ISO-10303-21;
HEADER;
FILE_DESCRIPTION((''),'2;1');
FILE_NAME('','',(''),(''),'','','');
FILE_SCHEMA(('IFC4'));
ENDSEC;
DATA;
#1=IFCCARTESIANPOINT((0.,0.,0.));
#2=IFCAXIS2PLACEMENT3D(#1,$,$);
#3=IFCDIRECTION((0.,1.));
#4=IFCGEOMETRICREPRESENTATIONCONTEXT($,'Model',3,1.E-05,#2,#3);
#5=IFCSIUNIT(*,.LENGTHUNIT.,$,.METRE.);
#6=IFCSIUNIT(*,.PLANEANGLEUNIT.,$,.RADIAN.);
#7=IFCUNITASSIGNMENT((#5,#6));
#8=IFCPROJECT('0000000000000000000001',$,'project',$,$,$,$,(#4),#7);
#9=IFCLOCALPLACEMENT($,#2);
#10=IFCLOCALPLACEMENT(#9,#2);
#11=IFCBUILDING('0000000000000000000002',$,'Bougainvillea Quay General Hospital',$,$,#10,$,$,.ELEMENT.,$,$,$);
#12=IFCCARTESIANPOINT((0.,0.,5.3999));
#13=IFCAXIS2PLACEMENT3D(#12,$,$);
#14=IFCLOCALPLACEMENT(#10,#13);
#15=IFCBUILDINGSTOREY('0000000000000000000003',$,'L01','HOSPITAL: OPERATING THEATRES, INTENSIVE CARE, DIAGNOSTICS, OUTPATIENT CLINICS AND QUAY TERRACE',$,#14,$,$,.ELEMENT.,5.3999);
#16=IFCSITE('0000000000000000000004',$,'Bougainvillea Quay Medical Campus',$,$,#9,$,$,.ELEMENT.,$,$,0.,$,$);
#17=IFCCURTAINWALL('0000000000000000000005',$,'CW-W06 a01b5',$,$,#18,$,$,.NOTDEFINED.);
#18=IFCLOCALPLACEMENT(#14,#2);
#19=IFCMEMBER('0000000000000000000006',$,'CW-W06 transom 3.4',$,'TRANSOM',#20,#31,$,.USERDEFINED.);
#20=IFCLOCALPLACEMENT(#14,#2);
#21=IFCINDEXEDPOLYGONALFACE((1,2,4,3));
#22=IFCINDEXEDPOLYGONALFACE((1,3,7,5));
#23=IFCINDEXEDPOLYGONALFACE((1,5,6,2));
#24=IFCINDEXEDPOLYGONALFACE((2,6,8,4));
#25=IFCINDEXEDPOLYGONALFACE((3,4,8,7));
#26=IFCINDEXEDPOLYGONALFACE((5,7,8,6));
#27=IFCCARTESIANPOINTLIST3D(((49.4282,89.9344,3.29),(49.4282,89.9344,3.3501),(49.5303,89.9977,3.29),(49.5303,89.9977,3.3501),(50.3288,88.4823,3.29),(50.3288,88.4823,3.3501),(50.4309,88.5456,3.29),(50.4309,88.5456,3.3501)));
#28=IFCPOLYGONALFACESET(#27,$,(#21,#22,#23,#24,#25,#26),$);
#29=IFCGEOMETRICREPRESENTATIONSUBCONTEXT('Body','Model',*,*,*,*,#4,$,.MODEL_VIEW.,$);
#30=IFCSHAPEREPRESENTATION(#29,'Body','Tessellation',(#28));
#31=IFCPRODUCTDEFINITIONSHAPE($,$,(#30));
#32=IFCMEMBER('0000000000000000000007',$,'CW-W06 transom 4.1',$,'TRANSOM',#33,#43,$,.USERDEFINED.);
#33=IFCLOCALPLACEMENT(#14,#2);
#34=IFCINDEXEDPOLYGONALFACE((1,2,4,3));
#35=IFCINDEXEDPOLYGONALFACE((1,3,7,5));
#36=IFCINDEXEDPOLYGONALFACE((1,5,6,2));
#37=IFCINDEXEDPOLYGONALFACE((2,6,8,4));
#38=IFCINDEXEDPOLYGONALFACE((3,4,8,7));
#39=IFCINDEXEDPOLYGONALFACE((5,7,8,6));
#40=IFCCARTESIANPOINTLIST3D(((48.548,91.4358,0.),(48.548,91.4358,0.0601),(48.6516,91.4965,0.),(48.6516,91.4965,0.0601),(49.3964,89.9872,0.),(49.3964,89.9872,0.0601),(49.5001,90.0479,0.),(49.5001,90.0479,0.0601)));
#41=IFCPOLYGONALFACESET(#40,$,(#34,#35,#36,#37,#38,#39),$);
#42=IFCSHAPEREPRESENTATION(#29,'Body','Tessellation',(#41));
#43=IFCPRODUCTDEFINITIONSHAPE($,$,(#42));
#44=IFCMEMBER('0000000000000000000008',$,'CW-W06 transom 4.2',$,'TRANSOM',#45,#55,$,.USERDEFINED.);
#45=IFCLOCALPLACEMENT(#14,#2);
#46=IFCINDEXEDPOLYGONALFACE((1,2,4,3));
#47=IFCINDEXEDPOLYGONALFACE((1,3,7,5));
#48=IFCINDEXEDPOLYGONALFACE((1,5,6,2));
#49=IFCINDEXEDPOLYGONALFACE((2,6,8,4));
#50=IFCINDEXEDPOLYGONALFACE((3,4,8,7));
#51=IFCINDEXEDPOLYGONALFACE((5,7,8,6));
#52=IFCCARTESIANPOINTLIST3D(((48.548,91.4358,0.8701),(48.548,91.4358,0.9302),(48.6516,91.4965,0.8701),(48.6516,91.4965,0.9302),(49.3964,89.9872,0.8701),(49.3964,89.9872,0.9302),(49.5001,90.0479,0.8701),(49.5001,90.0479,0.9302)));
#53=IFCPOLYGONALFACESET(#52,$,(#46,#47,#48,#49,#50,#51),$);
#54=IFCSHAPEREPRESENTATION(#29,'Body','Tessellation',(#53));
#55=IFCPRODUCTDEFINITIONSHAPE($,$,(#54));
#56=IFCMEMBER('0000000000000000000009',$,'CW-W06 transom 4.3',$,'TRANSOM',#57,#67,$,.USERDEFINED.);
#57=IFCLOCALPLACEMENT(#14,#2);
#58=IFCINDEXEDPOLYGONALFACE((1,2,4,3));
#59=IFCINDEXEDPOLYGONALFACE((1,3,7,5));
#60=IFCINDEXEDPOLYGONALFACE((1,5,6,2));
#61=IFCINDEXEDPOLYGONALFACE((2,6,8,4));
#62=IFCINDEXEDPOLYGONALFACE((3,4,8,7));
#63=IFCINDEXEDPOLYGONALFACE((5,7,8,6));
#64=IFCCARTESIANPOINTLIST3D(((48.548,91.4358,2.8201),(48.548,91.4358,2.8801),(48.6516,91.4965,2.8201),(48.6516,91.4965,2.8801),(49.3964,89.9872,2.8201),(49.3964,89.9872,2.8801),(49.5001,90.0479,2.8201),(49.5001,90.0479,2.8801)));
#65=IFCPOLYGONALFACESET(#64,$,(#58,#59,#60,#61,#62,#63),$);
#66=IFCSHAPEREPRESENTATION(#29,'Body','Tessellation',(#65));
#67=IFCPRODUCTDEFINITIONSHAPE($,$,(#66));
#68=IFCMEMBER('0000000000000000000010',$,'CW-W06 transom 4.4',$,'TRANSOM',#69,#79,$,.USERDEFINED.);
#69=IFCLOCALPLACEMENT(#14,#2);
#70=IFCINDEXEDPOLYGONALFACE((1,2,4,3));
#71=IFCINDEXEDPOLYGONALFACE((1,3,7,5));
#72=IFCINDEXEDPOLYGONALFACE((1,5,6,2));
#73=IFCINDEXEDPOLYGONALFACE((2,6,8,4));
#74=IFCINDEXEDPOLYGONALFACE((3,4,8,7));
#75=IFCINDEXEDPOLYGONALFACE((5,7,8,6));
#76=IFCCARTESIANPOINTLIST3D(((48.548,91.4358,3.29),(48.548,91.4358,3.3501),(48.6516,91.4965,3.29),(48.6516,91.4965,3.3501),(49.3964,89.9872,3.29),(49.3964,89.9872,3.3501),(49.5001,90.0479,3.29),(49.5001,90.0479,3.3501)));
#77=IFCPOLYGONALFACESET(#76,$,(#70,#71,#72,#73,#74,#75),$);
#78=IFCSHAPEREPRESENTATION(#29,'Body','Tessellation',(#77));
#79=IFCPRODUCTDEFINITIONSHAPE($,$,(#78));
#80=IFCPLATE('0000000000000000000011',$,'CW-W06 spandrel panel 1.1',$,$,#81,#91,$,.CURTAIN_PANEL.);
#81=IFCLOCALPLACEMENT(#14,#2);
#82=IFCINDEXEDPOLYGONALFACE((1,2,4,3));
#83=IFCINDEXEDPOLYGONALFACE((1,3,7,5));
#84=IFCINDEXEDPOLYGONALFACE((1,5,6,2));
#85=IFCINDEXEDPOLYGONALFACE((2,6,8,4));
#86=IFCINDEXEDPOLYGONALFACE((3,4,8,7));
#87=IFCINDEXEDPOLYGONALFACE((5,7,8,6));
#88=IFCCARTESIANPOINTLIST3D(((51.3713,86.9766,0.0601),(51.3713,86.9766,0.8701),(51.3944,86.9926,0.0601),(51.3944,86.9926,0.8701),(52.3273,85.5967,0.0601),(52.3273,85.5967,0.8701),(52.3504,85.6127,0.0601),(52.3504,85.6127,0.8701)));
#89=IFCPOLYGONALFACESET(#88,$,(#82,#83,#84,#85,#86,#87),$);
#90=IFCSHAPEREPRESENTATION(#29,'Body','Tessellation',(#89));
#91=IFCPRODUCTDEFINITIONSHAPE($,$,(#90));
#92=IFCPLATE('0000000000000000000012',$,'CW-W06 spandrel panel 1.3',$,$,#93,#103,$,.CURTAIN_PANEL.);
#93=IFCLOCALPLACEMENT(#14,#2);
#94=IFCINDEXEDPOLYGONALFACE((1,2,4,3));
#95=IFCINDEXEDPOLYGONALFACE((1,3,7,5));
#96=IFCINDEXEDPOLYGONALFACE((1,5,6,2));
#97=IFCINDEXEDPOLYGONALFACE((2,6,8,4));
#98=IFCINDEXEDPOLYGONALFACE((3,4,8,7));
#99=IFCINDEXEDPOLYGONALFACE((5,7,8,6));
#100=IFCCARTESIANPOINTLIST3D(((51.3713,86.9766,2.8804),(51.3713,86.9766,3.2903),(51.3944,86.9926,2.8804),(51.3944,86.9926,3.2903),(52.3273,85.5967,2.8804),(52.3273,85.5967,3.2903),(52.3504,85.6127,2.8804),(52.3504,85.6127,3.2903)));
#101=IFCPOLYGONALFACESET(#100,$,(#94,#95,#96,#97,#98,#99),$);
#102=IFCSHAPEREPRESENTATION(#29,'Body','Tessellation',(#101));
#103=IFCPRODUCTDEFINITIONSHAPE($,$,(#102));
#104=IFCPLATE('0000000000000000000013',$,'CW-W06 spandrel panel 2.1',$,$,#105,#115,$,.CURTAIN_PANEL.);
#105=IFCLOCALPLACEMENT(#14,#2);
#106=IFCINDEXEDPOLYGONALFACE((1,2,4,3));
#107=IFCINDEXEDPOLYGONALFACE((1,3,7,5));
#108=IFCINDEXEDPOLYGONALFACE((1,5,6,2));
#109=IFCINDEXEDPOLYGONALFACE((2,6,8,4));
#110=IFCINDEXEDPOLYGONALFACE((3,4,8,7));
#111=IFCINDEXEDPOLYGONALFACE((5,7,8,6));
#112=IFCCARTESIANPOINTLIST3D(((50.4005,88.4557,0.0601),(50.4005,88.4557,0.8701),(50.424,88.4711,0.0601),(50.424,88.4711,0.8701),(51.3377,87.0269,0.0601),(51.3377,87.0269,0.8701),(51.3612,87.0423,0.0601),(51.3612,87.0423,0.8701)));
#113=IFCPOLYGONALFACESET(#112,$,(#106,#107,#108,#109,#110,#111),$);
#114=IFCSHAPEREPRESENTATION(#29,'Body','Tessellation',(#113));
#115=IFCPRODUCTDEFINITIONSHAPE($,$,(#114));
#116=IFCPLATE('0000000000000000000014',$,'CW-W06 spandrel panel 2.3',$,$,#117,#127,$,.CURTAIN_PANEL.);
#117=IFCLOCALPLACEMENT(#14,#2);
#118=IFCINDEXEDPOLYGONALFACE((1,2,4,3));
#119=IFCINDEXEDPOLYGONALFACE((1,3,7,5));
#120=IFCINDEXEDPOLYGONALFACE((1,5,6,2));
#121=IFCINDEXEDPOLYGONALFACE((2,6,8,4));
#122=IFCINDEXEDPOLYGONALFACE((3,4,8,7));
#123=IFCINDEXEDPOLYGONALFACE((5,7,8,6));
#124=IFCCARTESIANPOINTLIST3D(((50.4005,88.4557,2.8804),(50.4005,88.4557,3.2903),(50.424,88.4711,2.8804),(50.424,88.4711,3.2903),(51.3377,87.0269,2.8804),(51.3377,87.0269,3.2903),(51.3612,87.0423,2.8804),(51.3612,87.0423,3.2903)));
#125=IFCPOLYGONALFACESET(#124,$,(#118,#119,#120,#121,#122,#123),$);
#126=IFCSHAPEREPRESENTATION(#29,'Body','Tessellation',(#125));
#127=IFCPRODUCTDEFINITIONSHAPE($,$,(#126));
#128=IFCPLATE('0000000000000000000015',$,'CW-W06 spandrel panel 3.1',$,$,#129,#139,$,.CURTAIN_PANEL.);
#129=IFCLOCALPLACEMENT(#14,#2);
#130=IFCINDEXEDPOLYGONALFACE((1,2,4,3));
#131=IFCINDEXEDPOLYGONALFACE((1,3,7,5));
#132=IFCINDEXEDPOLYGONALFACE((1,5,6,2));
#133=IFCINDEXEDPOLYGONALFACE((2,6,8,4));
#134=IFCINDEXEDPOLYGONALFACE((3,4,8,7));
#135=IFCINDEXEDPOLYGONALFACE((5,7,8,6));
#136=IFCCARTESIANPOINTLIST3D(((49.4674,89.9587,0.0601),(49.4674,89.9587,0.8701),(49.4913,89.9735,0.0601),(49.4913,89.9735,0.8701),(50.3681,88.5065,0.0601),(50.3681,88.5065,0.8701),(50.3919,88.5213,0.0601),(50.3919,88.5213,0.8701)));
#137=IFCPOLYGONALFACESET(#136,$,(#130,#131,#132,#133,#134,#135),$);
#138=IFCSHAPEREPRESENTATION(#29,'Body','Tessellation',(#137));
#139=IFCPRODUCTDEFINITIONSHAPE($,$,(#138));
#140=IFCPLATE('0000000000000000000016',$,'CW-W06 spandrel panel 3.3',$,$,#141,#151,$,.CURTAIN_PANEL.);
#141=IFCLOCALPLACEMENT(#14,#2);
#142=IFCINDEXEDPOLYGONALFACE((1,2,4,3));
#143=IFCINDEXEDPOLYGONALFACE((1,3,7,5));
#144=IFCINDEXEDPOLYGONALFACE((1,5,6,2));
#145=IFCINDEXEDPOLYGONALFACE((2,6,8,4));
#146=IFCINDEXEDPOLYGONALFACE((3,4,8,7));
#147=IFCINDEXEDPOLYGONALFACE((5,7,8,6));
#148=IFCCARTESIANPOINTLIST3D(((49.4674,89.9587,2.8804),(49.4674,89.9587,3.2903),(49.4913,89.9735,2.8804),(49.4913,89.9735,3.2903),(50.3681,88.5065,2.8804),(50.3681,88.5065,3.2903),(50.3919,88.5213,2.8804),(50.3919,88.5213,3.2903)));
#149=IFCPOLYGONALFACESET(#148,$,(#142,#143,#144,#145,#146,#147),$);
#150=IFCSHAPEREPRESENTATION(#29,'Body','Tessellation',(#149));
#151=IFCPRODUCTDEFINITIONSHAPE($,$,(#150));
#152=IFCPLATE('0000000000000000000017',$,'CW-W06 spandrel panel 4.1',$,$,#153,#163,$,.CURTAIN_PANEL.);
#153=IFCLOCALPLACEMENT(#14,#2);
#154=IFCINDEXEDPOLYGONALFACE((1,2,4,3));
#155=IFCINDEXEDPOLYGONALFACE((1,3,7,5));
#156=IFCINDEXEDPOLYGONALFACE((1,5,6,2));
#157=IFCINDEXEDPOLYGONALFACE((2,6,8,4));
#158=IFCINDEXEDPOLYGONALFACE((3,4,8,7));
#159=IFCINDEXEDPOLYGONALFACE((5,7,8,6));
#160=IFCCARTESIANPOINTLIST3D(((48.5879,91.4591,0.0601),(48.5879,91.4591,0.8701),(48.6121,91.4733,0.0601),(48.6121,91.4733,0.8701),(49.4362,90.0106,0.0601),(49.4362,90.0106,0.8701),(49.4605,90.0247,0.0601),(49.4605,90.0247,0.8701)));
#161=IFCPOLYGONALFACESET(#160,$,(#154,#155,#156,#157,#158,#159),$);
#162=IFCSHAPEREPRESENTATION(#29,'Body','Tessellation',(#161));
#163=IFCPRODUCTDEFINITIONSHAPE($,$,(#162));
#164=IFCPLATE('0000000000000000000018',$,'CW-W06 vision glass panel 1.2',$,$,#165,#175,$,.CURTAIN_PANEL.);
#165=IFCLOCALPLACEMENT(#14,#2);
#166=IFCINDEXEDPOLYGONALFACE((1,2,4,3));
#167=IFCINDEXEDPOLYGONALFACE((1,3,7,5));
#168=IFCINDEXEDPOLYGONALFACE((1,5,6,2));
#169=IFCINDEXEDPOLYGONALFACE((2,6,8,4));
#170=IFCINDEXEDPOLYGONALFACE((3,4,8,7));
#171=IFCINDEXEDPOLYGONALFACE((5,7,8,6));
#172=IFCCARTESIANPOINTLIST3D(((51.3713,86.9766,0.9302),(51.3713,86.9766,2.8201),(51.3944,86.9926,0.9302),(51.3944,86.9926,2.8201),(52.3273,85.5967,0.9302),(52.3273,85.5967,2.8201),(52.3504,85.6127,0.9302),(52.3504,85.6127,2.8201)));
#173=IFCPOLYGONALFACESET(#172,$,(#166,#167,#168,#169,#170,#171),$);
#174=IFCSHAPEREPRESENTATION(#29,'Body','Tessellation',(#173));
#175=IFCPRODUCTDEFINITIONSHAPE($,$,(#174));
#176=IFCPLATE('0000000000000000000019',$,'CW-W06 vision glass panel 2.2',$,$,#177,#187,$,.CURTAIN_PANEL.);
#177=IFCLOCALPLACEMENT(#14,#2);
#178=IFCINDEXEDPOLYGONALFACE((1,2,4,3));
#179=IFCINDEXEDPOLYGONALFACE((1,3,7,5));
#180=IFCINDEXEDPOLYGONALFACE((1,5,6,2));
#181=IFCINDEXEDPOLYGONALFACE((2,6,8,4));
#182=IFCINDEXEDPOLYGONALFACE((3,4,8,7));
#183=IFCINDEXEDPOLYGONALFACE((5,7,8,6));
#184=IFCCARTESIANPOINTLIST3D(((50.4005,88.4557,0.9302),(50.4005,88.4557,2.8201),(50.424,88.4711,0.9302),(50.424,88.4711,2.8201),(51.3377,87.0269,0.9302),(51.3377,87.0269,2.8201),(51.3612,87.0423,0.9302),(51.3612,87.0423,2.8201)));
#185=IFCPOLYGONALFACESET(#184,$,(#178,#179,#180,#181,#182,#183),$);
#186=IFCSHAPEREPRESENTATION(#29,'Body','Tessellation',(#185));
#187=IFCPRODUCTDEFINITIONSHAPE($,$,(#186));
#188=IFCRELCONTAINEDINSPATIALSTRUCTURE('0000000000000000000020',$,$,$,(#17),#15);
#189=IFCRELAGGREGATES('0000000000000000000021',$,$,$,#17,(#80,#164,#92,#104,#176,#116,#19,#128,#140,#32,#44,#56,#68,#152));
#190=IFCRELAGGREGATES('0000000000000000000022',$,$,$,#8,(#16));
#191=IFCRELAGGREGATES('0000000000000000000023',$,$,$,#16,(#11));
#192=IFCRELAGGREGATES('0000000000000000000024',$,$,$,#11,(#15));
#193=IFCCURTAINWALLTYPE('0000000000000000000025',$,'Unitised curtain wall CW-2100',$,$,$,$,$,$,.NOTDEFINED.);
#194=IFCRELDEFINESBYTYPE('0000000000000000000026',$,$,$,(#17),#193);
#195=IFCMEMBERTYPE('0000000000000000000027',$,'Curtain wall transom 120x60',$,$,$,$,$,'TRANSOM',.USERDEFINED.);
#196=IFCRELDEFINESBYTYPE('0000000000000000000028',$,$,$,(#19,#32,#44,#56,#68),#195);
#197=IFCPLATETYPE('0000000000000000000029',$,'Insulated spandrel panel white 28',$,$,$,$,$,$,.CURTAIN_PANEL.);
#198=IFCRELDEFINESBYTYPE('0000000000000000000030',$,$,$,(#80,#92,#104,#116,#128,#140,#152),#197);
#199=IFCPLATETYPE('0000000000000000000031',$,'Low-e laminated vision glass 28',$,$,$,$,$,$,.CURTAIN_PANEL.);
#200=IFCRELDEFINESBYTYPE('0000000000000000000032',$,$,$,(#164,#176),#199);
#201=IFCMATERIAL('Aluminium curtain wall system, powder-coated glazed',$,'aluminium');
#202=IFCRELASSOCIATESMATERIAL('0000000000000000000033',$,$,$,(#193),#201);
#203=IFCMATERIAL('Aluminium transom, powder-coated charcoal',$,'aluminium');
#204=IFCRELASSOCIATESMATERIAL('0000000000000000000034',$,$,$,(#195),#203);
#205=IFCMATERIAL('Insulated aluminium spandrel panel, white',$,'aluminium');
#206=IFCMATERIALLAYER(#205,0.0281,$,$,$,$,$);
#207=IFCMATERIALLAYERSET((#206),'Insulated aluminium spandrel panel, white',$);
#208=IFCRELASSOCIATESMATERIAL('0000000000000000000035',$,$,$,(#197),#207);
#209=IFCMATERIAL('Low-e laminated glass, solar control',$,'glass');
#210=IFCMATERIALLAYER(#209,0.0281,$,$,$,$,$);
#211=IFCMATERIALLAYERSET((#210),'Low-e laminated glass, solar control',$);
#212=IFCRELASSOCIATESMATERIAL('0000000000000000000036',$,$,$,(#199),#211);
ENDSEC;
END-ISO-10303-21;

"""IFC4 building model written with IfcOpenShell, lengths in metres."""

from ifc_helpers import new_model, si_unit, direction, frame, origin, origin_2d, place, context, subcontext, project, spatial, rectangle, extrude, material, layer, layer_set, material_profile, profile_set, type_object, element, aggregate, save


model = new_model("IFC4")

# Units and contexts
model_context = context("Model", 3, precision=1e-05, world=origin(), true_north=direction((0.0, 1.0)))
body_context = subcontext(model_context, "Body", "Model", "MODEL_VIEW")
ifc_project = project(units=[si_unit("LENGTHUNIT", "METRE"), si_unit("PLANEANGLEUNIT", "RADIAN")], contexts=[model_context])

# Site, building, storey
site_placement = place(None, origin())
site = spatial("IfcSite", under=ifc_project, at=site_placement, Name="Bougainvillea Quay Medical Campus", CompositionType="ELEMENT", RefElevation=0.0)
building_placement = place(site_placement, origin())
building = spatial("IfcBuilding", under=site, at=building_placement, Name="Bougainvillea Quay General Hospital", CompositionType="ELEMENT")
storey_placement = place(building_placement, frame((0.0, 0.0, 5.3999)))
storey = spatial("IfcBuildingStorey", under=building, at=storey_placement, Name="L01", Description="HOSPITAL: OPERATING THEATRES, INTENSIVE CARE, DIAGNOSTICS, OUTPATIENT CLINICS AND QUAY TERRACE", CompositionType="ELEMENT", Elevation=5.3999)

# Curtain wall, members, plates
ifc_material_1 = material(Name="Aluminium curtain wall system, powder-coated glazed", Category="aluminium")
curtain_wall_type = type_object("IfcCurtainWallType", Name="Unitised curtain wall CW-2100", PredefinedType="NOTDEFINED", material=ifc_material_1)
curtain_wall_placement = place(storey_placement, origin())
curtain_wall = element("IfcCurtainWall", 1, at=curtain_wall_placement, inside=storey, type_object=curtain_wall_type, Name="CW-W06 a01b5", PredefinedType="NOTDEFINED")
ifc_material_2 = material(Name="Aluminium transom, powder-coated charcoal", Category="aluminium")
ifc_material_profile_1 = material_profile(ifc_material_2, rectangle(XDim=0.1201, YDim=0.0601, at=origin_2d()))
ifc_profile_set_1 = profile_set([ifc_material_profile_1], Name="Aluminium transom, powder-coated charcoal")
member_type_1 = type_object("IfcMemberType", Name="Curtain wall transom 120x60", ElementType="TRANSOM", PredefinedType="USERDEFINED", material=ifc_profile_set_1)
member_1_placement = place(storey_placement, frame((50.3799, 88.5139, 3.3201), z_axis=(-0.527068, 0.849823, 0.0), x_axis=(-0.849823, -0.527068, 0.0)))
member_1 = element("IfcMember", 2, at=member_1_placement, type_object=member_type_1, Name="CW-W06 transom 3.4", ObjectType="TRANSOM", PredefinedType="USERDEFINED", context=body_context, shape_type="SweptSolid", body=[
    extrude(rectangle(XDim=0.1201, YDim=0.0601, at=origin_2d()), origin(), (0.0, 0.0, 1.0), 1.7087),
])
member_2_placement = place(storey_placement, frame((49.4482, 90.0176, 0.03), z_axis=(-0.505398, 0.862886, 0.0), x_axis=(-0.862886, -0.505398, 0.0)))
member_2 = element("IfcMember", 3, at=member_2_placement, type_object=member_type_1, Name="CW-W06 transom 4.1", ObjectType="TRANSOM", PredefinedType="USERDEFINED", context=body_context, shape_type="SweptSolid", body=[
    extrude(rectangle(XDim=0.1201, YDim=0.0601, at=origin_2d()), origin(), (0.0, 0.0, 1.0), 1.6787),
])
member_3_placement = place(storey_placement, frame((49.4482, 90.0176, 0.9001), z_axis=(-0.505398, 0.862886, 0.0), x_axis=(-0.862886, -0.505398, 0.0)))
member_3 = element("IfcMember", 4, at=member_3_placement, type_object=member_type_1, Name="CW-W06 transom 4.2", ObjectType="TRANSOM", PredefinedType="USERDEFINED", context=body_context, shape_type="SweptSolid", body=[
    extrude(rectangle(XDim=0.1201, YDim=0.0601, at=origin_2d()), origin(), (0.0, 0.0, 1.0), 1.6787),
])
member_4_placement = place(storey_placement, frame((49.4482, 90.0176, 2.8501), z_axis=(-0.505398, 0.862886, 0.0), x_axis=(-0.862886, -0.505398, 0.0)))
member_4 = element("IfcMember", 5, at=member_4_placement, type_object=member_type_1, Name="CW-W06 transom 4.3", ObjectType="TRANSOM", PredefinedType="USERDEFINED", context=body_context, shape_type="SweptSolid", body=[
    extrude(rectangle(XDim=0.1201, YDim=0.0601, at=origin_2d()), origin(), (0.0, 0.0, 1.0), 1.6787),
])
member_5_placement = place(storey_placement, frame((49.4482, 90.0176, 3.3201), z_axis=(-0.505398, 0.862886, 0.0), x_axis=(-0.862886, -0.505398, 0.0)))
member_5 = element("IfcMember", 6, at=member_5_placement, type_object=member_type_1, Name="CW-W06 transom 4.4", ObjectType="TRANSOM", PredefinedType="USERDEFINED", context=body_context, shape_type="SweptSolid", body=[
    extrude(rectangle(XDim=0.1201, YDim=0.0601, at=origin_2d()), origin(), (0.0, 0.0, 1.0), 1.6787),
])
ifc_material_3 = material(Name="Insulated aluminium spandrel panel, white", Category="aluminium")
ifc_layer_1 = layer(ifc_material_3, 0.0281)
ifc_layer_set_1 = layer_set([ifc_layer_1], Name="Insulated aluminium spandrel panel, white")
plate_type_1 = type_object("IfcPlateType", Name="Insulated spandrel panel white 28", PredefinedType="CURTAIN_PANEL", material=ifc_layer_set_1)
plate_1_placement = place(storey_placement, frame((51.8608, 86.2947, 0.0601), z_axis=(0.0, 0.0, 1.0), x_axis=(-0.569473, 0.82201, 0.0)))
plate_1 = element("IfcPlate", 7, at=plate_1_placement, type_object=plate_type_1, Name="CW-W06 spandrel panel 1.1", PredefinedType="CURTAIN_PANEL", context=body_context, shape_type="SweptSolid", body=[
    extrude(rectangle(XDim=1.6787, YDim=0.0281, at=origin_2d()), origin(), (0.0, 0.0, 1.0), 0.8101),
])
plate_2_placement = place(storey_placement, frame((51.8608, 86.2947, 2.8804), z_axis=(0.0, 0.0, 1.0), x_axis=(-0.569473, 0.82201, 0.0)))
plate_2 = element("IfcPlate", 8, at=plate_2_placement, type_object=plate_type_1, Name="CW-W06 spandrel panel 1.3", PredefinedType="CURTAIN_PANEL", context=body_context, shape_type="SweptSolid", body=[
    extrude(rectangle(XDim=1.6787, YDim=0.0281, at=origin_2d()), origin(), (0.0, 0.0, 1.0), 0.4099),
])
plate_3_placement = place(storey_placement, frame((50.8809, 87.749, 0.0601), z_axis=(0.0, 0.0, 1.0), x_axis=(-0.548446, 0.836186, 0.0)))
plate_3 = element("IfcPlate", 9, at=plate_3_placement, type_object=plate_type_1, Name="CW-W06 spandrel panel 2.1", PredefinedType="CURTAIN_PANEL", context=body_context, shape_type="SweptSolid", body=[
    extrude(rectangle(XDim=1.7087, YDim=0.0281, at=origin_2d()), origin(), (0.0, 0.0, 1.0), 0.8101),
])
plate_4_placement = place(storey_placement, frame((50.8809, 87.749, 2.8804), z_axis=(0.0, 0.0, 1.0), x_axis=(-0.548446, 0.836186, 0.0)))
plate_4 = element("IfcPlate", 10, at=plate_4_placement, type_object=plate_type_1, Name="CW-W06 spandrel panel 2.3", PredefinedType="CURTAIN_PANEL", context=body_context, shape_type="SweptSolid", body=[
    extrude(rectangle(XDim=1.7087, YDim=0.0281, at=origin_2d()), origin(), (0.0, 0.0, 1.0), 0.4099),
])
plate_5_placement = place(storey_placement, frame((49.9297, 89.24, 0.0601), z_axis=(0.0, 0.0, 1.0), x_axis=(-0.527067, 0.849824, 0.0)))
plate_5 = element("IfcPlate", 11, at=plate_5_placement, type_object=plate_type_1, Name="CW-W06 spandrel panel 3.1", PredefinedType="CURTAIN_PANEL", context=body_context, shape_type="SweptSolid", body=[
    extrude(rectangle(XDim=1.7087, YDim=0.0281, at=origin_2d()), origin(), (0.0, 0.0, 1.0), 0.8101),
])
plate_6_placement = place(storey_placement, frame((49.9297, 89.24, 2.8804), z_axis=(0.0, 0.0, 1.0), x_axis=(-0.527067, 0.849824, 0.0)))
plate_6 = element("IfcPlate", 12, at=plate_6_placement, type_object=plate_type_1, Name="CW-W06 spandrel panel 3.3", PredefinedType="CURTAIN_PANEL", context=body_context, shape_type="SweptSolid", body=[
    extrude(rectangle(XDim=1.7087, YDim=0.0281, at=origin_2d()), origin(), (0.0, 0.0, 1.0), 0.4099),
])
plate_7_placement = place(storey_placement, frame((49.0242, 90.7419, 0.0601), z_axis=(0.0, 0.0, 1.0), x_axis=(-0.505349, 0.862915, 0.0)))
plate_7 = element("IfcPlate", 13, at=plate_7_placement, type_object=plate_type_1, Name="CW-W06 spandrel panel 4.1", PredefinedType="CURTAIN_PANEL", context=body_context, shape_type="SweptSolid", body=[
    extrude(rectangle(XDim=1.6787, YDim=0.0281, at=origin_2d()), origin(), (0.0, 0.0, 1.0), 0.8101),
])
ifc_material_4 = material(Name="Low-e laminated glass, solar control", Category="glass")
ifc_layer_2 = layer(ifc_material_4, 0.0281)
ifc_layer_set_2 = layer_set([ifc_layer_2], Name="Low-e laminated glass, solar control")
plate_type_2 = type_object("IfcPlateType", Name="Low-e laminated vision glass 28", PredefinedType="CURTAIN_PANEL", material=ifc_layer_set_2)
plate_8_placement = place(storey_placement, frame((51.8608, 86.2947, 0.9302), z_axis=(0.0, 0.0, 1.0), x_axis=(-0.569473, 0.82201, 0.0)))
plate_8 = element("IfcPlate", 14, at=plate_8_placement, type_object=plate_type_2, Name="CW-W06 vision glass panel 1.2", PredefinedType="CURTAIN_PANEL", context=body_context, shape_type="SweptSolid", body=[
    extrude(rectangle(XDim=1.6787, YDim=0.0281, at=origin_2d()), origin(), (0.0, 0.0, 1.0), 1.8899),
])
plate_9_placement = place(storey_placement, frame((50.8809, 87.749, 0.9302), z_axis=(0.0, 0.0, 1.0), x_axis=(-0.548446, 0.836186, 0.0)))
plate_9 = element("IfcPlate", 15, at=plate_9_placement, type_object=plate_type_2, Name="CW-W06 vision glass panel 2.2", PredefinedType="CURTAIN_PANEL", context=body_context, shape_type="SweptSolid", body=[
    extrude(rectangle(XDim=1.7087, YDim=0.0281, at=origin_2d()), origin(), (0.0, 0.0, 1.0), 1.8899),
])
aggregate(curtain_wall, [plate_1, plate_8, plate_2, plate_3, plate_9, plate_4, member_1, plate_5, plate_6, member_2, member_3, member_4, member_5, plate_7])

save(model, "model.ifc")
